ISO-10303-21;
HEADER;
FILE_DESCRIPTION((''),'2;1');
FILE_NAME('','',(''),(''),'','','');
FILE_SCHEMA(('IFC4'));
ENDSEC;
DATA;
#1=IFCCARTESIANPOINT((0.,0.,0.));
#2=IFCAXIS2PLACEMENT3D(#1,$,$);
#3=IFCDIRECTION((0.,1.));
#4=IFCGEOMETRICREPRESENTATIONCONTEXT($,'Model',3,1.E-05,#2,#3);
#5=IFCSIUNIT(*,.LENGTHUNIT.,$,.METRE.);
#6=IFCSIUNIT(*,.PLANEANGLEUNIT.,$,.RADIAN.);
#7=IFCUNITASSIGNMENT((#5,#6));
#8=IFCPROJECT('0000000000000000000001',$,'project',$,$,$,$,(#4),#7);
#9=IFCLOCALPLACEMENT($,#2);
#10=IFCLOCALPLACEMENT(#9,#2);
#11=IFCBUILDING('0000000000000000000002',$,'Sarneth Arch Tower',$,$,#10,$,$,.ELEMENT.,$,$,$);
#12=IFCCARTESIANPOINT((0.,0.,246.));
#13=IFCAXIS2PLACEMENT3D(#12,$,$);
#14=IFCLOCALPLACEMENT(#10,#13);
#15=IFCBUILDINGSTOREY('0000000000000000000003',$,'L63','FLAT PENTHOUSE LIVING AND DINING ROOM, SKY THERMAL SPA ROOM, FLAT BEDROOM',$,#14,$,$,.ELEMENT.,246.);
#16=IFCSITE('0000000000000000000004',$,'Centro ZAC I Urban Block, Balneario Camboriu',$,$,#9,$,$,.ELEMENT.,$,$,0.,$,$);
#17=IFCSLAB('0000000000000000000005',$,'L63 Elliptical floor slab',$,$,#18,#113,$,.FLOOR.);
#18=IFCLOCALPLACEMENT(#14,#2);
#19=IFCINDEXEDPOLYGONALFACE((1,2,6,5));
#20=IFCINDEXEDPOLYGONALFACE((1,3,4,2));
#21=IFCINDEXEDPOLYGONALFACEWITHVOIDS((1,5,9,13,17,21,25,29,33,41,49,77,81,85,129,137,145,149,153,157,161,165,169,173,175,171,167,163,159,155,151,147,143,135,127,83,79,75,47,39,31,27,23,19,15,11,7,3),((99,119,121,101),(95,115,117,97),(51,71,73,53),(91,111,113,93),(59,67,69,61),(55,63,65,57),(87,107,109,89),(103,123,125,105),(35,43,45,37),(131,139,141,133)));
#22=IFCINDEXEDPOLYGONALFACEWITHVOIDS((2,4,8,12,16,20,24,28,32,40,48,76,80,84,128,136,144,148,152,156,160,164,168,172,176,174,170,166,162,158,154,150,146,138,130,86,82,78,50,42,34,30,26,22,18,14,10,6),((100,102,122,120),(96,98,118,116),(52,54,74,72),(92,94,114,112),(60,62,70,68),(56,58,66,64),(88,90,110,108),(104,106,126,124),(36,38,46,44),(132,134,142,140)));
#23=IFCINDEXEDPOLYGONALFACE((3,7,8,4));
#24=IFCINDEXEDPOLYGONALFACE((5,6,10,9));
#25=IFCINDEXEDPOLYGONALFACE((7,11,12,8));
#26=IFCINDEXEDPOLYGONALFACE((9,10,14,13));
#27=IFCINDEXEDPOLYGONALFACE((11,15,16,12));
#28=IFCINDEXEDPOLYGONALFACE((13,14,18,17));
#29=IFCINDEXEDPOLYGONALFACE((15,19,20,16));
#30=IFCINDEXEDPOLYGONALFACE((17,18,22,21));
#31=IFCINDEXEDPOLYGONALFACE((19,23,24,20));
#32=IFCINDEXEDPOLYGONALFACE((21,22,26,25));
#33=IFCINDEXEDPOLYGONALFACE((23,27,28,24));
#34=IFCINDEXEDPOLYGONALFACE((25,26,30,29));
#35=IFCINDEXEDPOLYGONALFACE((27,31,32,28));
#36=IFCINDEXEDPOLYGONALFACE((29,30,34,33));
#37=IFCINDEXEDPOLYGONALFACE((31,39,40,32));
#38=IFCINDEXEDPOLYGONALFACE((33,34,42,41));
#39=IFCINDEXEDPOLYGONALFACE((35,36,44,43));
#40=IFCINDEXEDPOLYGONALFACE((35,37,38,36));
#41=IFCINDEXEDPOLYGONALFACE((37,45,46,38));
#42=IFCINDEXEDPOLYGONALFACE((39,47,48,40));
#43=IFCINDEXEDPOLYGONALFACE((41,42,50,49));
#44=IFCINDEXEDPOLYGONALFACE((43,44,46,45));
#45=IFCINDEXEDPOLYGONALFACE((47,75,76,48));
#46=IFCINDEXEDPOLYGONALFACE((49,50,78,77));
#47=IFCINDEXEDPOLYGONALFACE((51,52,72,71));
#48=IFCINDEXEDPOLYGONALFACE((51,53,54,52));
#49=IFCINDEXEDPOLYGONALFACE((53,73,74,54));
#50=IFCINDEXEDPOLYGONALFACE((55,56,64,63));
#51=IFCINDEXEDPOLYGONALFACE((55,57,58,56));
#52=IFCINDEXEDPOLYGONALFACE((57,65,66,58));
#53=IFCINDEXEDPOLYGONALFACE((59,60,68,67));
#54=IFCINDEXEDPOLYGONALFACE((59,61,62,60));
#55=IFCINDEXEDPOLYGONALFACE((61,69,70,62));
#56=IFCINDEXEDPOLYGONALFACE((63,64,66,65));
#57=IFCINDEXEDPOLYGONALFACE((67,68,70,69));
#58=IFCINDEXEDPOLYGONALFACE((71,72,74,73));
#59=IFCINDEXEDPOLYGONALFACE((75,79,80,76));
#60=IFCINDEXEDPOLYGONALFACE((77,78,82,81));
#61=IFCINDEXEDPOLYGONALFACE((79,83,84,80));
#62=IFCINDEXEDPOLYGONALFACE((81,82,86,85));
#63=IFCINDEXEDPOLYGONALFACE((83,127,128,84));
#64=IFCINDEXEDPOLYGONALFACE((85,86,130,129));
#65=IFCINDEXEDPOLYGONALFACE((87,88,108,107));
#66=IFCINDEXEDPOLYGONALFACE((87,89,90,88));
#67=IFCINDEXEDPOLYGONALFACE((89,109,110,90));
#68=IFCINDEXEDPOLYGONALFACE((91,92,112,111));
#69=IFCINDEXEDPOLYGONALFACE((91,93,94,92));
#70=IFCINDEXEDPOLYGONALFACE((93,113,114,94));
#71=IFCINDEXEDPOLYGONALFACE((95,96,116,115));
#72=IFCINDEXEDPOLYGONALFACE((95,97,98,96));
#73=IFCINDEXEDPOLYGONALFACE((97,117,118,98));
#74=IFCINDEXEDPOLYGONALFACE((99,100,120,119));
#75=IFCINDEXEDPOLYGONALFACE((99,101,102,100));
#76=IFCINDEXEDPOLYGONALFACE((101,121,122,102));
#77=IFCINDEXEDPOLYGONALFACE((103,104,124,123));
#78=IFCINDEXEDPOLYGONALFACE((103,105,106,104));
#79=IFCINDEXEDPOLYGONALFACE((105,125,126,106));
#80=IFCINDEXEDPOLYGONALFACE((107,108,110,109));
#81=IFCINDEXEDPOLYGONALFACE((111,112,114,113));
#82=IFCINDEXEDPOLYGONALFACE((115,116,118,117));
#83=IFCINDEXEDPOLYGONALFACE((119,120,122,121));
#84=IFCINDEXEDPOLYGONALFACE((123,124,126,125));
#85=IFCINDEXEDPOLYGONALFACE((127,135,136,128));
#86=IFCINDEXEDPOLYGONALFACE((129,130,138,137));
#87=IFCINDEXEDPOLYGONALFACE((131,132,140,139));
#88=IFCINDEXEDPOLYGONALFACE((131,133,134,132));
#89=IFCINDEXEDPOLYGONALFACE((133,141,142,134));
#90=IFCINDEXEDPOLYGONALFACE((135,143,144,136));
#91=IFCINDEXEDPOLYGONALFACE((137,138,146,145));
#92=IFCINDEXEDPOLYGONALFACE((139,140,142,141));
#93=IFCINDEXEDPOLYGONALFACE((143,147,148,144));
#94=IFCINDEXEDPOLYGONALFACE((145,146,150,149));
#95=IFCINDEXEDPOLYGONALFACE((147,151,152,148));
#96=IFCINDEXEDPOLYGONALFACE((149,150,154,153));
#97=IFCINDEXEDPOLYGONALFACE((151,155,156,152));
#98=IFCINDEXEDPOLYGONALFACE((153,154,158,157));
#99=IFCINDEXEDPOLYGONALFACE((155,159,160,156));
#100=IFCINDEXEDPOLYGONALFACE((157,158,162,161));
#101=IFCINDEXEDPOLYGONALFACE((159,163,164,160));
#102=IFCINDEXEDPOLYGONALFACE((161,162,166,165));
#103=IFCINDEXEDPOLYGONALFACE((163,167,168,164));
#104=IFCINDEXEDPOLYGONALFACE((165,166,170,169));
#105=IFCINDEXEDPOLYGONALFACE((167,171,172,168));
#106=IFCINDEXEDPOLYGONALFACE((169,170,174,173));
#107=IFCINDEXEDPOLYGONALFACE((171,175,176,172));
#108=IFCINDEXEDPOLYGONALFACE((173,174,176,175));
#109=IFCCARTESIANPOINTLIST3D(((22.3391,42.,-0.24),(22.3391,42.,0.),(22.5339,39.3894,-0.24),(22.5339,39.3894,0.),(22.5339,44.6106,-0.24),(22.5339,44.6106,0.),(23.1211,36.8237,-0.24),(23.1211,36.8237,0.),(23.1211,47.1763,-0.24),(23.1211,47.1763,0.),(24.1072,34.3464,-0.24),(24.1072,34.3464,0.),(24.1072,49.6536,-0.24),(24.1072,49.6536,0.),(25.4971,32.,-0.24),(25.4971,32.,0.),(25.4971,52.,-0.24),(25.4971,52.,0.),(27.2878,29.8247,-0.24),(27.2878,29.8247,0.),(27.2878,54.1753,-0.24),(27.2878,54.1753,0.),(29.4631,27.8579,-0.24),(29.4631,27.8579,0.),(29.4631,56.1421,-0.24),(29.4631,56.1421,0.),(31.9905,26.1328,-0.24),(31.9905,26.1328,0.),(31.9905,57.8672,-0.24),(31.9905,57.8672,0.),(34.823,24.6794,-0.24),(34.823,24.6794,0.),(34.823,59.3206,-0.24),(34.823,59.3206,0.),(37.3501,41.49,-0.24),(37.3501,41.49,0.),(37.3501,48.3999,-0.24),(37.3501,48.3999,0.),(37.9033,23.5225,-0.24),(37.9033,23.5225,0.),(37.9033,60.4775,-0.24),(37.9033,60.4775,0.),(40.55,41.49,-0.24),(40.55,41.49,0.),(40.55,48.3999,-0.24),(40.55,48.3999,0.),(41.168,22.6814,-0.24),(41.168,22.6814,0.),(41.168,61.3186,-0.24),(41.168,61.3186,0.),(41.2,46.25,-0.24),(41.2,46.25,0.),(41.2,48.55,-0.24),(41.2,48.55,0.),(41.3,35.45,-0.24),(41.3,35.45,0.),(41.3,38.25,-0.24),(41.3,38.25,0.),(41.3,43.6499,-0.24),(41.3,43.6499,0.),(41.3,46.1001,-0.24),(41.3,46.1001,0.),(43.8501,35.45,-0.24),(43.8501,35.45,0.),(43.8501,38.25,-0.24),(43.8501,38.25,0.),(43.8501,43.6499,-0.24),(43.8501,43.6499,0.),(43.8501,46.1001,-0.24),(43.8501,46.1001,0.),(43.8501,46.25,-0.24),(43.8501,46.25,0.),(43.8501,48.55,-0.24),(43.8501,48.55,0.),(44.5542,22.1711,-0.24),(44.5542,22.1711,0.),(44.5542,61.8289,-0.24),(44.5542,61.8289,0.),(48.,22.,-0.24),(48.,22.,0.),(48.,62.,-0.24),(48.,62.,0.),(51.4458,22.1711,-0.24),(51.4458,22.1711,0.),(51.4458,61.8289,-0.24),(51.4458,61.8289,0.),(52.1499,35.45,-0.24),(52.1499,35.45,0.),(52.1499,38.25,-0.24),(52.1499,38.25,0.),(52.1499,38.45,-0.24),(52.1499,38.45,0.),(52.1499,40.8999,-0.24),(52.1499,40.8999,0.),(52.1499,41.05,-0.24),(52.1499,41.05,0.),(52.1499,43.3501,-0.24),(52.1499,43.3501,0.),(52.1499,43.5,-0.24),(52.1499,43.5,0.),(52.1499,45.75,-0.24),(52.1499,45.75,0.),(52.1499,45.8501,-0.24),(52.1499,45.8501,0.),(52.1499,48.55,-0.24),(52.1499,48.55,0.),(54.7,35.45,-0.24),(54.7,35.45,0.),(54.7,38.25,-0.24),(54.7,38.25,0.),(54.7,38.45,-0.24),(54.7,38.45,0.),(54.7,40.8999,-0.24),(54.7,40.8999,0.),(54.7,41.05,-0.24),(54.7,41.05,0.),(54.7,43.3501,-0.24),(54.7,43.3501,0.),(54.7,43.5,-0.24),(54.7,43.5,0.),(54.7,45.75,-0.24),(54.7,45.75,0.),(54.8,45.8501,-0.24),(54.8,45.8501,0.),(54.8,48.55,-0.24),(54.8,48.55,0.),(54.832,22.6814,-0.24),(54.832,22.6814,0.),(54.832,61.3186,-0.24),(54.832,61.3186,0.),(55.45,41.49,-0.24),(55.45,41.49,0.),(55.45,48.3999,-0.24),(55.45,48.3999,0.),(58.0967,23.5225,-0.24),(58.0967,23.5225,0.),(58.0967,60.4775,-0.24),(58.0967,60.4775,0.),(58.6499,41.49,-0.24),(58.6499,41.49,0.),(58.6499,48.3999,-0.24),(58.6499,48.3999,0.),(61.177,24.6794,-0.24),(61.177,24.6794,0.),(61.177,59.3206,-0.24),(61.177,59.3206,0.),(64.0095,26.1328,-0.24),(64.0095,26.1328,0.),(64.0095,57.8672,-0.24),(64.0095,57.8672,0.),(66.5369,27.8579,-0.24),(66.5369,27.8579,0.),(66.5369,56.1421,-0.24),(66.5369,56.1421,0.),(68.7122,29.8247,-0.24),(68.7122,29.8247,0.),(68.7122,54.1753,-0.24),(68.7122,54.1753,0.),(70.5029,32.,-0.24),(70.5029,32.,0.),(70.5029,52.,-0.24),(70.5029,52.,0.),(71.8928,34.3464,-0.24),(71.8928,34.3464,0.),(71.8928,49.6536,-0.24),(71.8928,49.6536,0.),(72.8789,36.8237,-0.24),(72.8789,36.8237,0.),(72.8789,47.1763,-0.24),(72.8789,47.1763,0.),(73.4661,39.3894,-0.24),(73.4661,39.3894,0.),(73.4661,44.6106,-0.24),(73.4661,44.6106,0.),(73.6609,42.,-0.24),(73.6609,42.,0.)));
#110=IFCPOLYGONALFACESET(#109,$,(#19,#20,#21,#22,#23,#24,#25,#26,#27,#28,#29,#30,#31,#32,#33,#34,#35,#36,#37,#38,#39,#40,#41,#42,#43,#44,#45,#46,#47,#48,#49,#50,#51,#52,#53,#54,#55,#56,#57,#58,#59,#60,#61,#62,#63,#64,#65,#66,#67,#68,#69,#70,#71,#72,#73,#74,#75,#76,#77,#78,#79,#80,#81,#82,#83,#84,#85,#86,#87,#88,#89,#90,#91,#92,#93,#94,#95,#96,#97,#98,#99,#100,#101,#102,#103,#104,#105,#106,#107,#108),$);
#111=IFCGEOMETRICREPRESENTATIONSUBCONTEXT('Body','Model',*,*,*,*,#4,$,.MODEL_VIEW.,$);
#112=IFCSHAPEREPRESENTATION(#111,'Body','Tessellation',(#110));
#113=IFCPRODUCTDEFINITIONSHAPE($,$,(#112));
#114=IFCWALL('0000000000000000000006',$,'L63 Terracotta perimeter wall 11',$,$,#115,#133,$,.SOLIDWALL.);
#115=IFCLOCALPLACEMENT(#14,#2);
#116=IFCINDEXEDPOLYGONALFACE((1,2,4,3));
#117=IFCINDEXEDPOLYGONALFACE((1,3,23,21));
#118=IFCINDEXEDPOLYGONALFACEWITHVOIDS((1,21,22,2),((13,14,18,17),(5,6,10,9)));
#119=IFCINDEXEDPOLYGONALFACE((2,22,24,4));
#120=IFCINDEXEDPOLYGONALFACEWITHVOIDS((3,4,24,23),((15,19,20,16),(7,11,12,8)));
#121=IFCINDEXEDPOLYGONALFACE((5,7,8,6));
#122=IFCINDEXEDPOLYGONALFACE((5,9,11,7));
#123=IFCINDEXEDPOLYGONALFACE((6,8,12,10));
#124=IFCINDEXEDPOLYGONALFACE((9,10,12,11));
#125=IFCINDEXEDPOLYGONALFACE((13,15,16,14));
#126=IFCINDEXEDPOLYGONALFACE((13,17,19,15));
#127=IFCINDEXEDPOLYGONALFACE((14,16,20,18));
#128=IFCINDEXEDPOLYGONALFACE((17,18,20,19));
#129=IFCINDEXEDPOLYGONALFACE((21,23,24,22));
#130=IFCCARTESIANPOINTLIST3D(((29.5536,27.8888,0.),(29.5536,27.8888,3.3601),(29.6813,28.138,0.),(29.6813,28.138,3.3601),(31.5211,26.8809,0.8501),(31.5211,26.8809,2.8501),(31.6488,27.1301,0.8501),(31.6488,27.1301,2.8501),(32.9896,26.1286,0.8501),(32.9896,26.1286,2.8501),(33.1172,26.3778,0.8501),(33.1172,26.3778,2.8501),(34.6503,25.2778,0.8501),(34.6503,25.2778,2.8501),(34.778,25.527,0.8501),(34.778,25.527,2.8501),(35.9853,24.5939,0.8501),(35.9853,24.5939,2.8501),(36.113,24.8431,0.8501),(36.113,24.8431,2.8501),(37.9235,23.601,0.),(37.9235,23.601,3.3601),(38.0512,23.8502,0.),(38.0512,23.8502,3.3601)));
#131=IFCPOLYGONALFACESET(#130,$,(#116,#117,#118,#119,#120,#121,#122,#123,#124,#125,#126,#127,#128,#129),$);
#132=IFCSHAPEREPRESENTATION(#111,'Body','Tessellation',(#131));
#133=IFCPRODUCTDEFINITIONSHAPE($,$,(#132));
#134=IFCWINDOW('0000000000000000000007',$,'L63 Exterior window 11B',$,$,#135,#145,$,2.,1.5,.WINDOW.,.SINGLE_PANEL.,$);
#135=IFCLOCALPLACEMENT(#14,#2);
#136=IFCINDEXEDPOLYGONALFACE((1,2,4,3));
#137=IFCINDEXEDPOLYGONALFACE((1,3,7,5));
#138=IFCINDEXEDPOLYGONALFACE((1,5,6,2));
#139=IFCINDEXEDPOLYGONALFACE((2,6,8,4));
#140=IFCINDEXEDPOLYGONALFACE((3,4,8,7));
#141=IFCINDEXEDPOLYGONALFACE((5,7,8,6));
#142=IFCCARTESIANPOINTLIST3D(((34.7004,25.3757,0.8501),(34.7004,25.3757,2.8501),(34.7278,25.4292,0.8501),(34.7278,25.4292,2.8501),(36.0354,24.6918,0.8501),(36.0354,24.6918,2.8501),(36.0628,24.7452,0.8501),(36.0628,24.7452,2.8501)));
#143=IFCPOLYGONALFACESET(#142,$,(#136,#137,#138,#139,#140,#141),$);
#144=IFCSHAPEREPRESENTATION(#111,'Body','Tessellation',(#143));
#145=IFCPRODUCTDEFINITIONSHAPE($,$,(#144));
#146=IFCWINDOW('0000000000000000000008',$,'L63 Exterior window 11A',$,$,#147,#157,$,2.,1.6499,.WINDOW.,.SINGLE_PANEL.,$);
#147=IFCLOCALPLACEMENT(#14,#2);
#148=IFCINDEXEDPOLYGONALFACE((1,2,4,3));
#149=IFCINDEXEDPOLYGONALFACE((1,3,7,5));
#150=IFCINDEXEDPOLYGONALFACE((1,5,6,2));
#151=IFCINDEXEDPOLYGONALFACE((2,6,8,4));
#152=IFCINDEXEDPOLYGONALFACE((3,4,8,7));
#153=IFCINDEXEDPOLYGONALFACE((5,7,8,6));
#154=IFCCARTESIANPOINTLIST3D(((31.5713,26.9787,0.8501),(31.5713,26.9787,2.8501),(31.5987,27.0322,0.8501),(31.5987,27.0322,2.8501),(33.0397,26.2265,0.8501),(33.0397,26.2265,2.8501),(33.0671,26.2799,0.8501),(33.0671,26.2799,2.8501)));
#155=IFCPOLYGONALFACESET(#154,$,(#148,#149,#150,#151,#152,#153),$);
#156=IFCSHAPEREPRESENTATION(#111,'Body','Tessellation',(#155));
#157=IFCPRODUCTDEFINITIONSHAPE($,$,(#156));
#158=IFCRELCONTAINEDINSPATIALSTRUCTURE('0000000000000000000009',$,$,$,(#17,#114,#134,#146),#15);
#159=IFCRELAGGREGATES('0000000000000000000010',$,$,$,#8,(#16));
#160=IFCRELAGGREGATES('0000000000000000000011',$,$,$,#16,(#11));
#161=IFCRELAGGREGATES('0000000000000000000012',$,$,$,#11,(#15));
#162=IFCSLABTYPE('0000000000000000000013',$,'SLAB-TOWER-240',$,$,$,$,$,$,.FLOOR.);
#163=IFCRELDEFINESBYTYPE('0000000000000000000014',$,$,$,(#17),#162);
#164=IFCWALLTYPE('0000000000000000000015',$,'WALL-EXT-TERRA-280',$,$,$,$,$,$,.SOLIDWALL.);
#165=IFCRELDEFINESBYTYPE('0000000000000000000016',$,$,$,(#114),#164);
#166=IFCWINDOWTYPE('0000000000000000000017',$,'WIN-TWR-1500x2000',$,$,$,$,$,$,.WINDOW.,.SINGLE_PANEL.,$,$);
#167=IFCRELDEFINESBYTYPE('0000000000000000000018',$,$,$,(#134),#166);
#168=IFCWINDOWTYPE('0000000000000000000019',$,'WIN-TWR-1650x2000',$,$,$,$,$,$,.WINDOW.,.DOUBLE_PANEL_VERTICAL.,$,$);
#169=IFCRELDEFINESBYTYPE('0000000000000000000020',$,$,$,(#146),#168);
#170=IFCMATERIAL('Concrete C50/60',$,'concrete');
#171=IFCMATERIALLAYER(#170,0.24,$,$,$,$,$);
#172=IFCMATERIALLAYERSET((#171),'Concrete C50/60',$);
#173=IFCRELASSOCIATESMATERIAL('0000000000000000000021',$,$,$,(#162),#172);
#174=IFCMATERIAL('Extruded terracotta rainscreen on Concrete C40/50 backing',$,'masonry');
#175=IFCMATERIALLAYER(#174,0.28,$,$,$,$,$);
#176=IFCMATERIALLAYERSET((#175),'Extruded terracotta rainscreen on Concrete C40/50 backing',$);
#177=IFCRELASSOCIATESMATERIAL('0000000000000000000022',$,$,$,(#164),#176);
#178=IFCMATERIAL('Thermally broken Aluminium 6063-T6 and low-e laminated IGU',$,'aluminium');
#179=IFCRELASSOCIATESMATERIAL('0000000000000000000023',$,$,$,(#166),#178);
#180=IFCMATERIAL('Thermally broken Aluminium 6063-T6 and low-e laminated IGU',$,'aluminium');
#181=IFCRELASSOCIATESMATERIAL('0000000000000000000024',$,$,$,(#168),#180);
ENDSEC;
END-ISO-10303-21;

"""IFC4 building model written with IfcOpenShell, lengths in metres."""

from ifc_helpers import new_model, si_unit, direction, frame, frame_2d, origin, place, context, subcontext, project, spatial, polyline, rectangle, outline, extrude, material, layer, layer_set, type_object, element, fill, save


model = new_model("IFC4")

# Units and contexts
model_context = context("Model", 3, precision=1e-05, world=origin(), true_north=direction((0.0, 1.0)))
body_context = subcontext(model_context, "Body", "Model", "MODEL_VIEW")
ifc_project = project(units=[si_unit("LENGTHUNIT", "METRE"), si_unit("PLANEANGLEUNIT", "RADIAN")], contexts=[model_context])

# Site, building, storey
site_placement = place(None, origin())
site = spatial("IfcSite", under=ifc_project, at=site_placement, Name="Centro ZAC I Urban Block, Balneario Camboriu", CompositionType="ELEMENT", RefElevation=0.0)
building_placement = place(site_placement, origin())
building = spatial("IfcBuilding", under=site, at=building_placement, Name="Sarneth Arch Tower", CompositionType="ELEMENT")
storey_placement = place(building_placement, frame((0.0, 0.0, 246.0)))
storey = spatial("IfcBuildingStorey", under=building, at=storey_placement, Name="L63", Description="FLAT PENTHOUSE LIVING AND DINING ROOM, SKY THERMAL SPA ROOM, FLAT BEDROOM", CompositionType="ELEMENT", Elevation=246.0)

# Slab
ifc_material_1 = material(Name="Concrete C50/60", Category="concrete")
ifc_layer_1 = layer(ifc_material_1, 0.24)
ifc_layer_set_1 = layer_set([ifc_layer_1], Name="Concrete C50/60")
slab_type_1 = type_object("IfcSlabType", Name="SLAB-TOWER-240", PredefinedType="FLOOR", material=ifc_layer_set_1)
slab_1_placement = place(storey_placement, frame((0.0, 0.0, -0.24)))
element("IfcSlab", 1, at=slab_1_placement, inside=storey, type_object=slab_type_1, Name="L63 Elliptical floor slab", PredefinedType="FLOOR", context=body_context, shape_type="SweptSolid", body=[
    extrude(outline(polyline([(73.6609, 42.0), (73.4661, 44.6106), (72.8789, 47.1763), (71.8928, 49.6536), (70.5029, 52.0), (68.7122, 54.1753), (66.5369, 56.1421), (64.0095, 57.8672), (61.177, 59.3206), (58.0967, 60.4775), (54.832, 61.3186), (51.4458, 61.8289), (48.0, 62.0), (44.5542, 61.8289), (41.168, 61.3186), (37.9033, 60.4775), (34.823, 59.3206), (31.9905, 57.8672), (29.4631, 56.1421), (27.2878, 54.1753), (25.4971, 52.0), (24.1072, 49.6536), (23.1211, 47.1763), (22.5339, 44.6106), (22.3391, 42.0), (22.5339, 39.3894), (23.1211, 36.8237), (24.1072, 34.3464), (25.4971, 32.0), (27.2878, 29.8247), (29.4631, 27.8579), (31.9905, 26.1328), (34.823, 24.6794), (37.9033, 23.5225), (41.168, 22.6814), (44.5542, 22.1711), (48.0, 22.0), (51.4458, 22.1711), (54.832, 22.6814), (58.0967, 23.5225), (61.177, 24.6794), (64.0095, 26.1328), (66.5369, 27.8579), (68.7122, 29.8247), (70.5029, 32.0), (71.8928, 34.3464), (72.8789, 36.8237), (73.4661, 39.3894), (73.6609, 42.0)]), holes=[polyline([(37.3501, 41.49), (40.55, 41.49), (40.55, 48.3999), (37.3501, 48.3999), (37.3501, 41.49)]), polyline([(55.45, 41.49), (58.6499, 41.49), (58.6499, 48.3999), (55.45, 48.3999), (55.45, 41.49)]), polyline([(41.2, 46.25), (43.8501, 46.25), (43.8501, 48.55), (41.2, 48.55), (41.2, 46.25)]), polyline([(41.3, 35.45), (43.8501, 35.45), (43.8501, 38.25), (41.3, 38.25), (41.3, 35.45)]), polyline([(52.1499, 35.45), (54.7, 35.45), (54.7, 38.25), (52.1499, 38.25), (52.1499, 35.45)]), polyline([(52.1499, 45.8501), (54.8, 45.8501), (54.8, 48.55), (52.1499, 48.55), (52.1499, 45.8501)]), polyline([(41.3, 43.6499), (43.8501, 43.6499), (43.8501, 46.1001), (41.3, 46.1001), (41.3, 43.6499)]), polyline([(52.1499, 38.45), (54.7, 38.45), (54.7, 40.8999), (52.1499, 40.8999), (52.1499, 38.45)]), polyline([(52.1499, 41.05), (54.7, 41.05), (54.7, 43.3501), (52.1499, 43.3501), (52.1499, 41.05)]), polyline([(52.1499, 43.5), (54.7, 43.5), (54.7, 45.75), (52.1499, 45.75), (52.1499, 43.5)])]), origin(), (0.0, 0.0, 1.0), 0.24),
])

# Wall, openings, windows
ifc_material_2 = material(Name="Extruded terracotta rainscreen on Concrete C40/50 backing", Category="masonry")
ifc_layer_2 = layer(ifc_material_2, 0.28)
ifc_layer_set_2 = layer_set([ifc_layer_2], Name="Extruded terracotta rainscreen on Concrete C40/50 backing")
wall_type_1 = type_object("IfcWallType", Name="WALL-EXT-TERRA-280", PredefinedType="SOLIDWALL", material=ifc_layer_set_2)
wall_1_placement = place(storey_placement, frame((29.6174, 28.0134, 0.0), z_axis=(0.0, 0.0, 1.0), x_axis=(0.890007, -0.455946, 0.0)))
wall_1 = element("IfcWall", 2, at=wall_1_placement, inside=storey, type_object=wall_type_1, Name="L63 Terracotta perimeter wall 11", PredefinedType="SOLIDWALL", context=body_context, shape_type="SweptSolid", body=[
    extrude(rectangle(XDim=9.4043, YDim=0.28, at=frame_2d((4.7021, 0.0))), origin(), (0.0, 0.0, 1.0), 3.3601),
])
opening_1_placement = place(wall_1_placement, frame((2.2107, 0.0, 0.8501)))
opening_1 = element("IfcOpeningElement", 3, at=opening_1_placement, cuts=wall_1, PredefinedType="OPENING", context=body_context, shape_type="SweptSolid", body=[
    extrude(rectangle(XDim=1.6499, YDim=2.0, at=frame_2d((0.825, 1.0))), frame((0.0, 0.1499, 0.0), z_axis=(0.0, -1.0, 0.0), x_axis=(1.0, 0.0, 0.0)), (0.0, 0.0, 1.0), 0.3),
])
opening_2_placement = place(wall_1_placement, frame((5.7266, 0.0, 0.8501)))
opening_2 = element("IfcOpeningElement", 4, at=opening_2_placement, cuts=wall_1, PredefinedType="OPENING", context=body_context, shape_type="SweptSolid", body=[
    extrude(rectangle(XDim=1.5, YDim=2.0, at=frame_2d((0.75, 1.0))), frame((0.0, 0.1499, 0.0), z_axis=(0.0, -1.0, 0.0), x_axis=(1.0, 0.0, 0.0)), (0.0, 0.0, 1.0), 0.3),
])
ifc_material_3 = material(Name="Thermally broken Aluminium 6063-T6 and low-e laminated IGU", Category="aluminium")
window_type_1 = type_object("IfcWindowType", Name="WIN-TWR-1500x2000", PartitioningType="SINGLE_PANEL", PredefinedType="WINDOW", material=ifc_material_3)
window_1_placement = place(opening_2_placement, origin())
window_1 = element("IfcWindow", 5, at=window_1_placement, inside=storey, type_object=window_type_1, Name="L63 Exterior window 11B", OverallHeight=2.0, OverallWidth=1.5, PartitioningType="SINGLE_PANEL", PredefinedType="WINDOW", context=body_context, shape_type="SweptSolid", body=[
    extrude(rectangle(XDim=1.5, YDim=2.0, at=frame_2d((0.75, 1.0))), frame((0.0, 0.03, 0.0), z_axis=(0.0, -1.0, 0.0), x_axis=(1.0, 0.0, 0.0)), (0.0, 0.0, 1.0), 0.0601),
])
fill(opening_2, window_1)
ifc_material_4 = material(Name="Thermally broken Aluminium 6063-T6 and low-e laminated IGU", Category="aluminium")
window_type_2 = type_object("IfcWindowType", Name="WIN-TWR-1650x2000", PartitioningType="DOUBLE_PANEL_VERTICAL", PredefinedType="WINDOW", material=ifc_material_4)
window_2_placement = place(opening_1_placement, origin())
window_2 = element("IfcWindow", 6, at=window_2_placement, inside=storey, type_object=window_type_2, Name="L63 Exterior window 11A", OverallHeight=2.0, OverallWidth=1.6499, PartitioningType="SINGLE_PANEL", PredefinedType="WINDOW", context=body_context, shape_type="SweptSolid", body=[
    extrude(rectangle(XDim=1.6499, YDim=2.0, at=frame_2d((0.825, 1.0))), frame((0.0, 0.03, 0.0), z_axis=(0.0, -1.0, 0.0), x_axis=(1.0, 0.0, 0.0)), (0.0, 0.0, 1.0), 0.0601),
])
fill(opening_1, window_2)

save(model, "model.ifc")
